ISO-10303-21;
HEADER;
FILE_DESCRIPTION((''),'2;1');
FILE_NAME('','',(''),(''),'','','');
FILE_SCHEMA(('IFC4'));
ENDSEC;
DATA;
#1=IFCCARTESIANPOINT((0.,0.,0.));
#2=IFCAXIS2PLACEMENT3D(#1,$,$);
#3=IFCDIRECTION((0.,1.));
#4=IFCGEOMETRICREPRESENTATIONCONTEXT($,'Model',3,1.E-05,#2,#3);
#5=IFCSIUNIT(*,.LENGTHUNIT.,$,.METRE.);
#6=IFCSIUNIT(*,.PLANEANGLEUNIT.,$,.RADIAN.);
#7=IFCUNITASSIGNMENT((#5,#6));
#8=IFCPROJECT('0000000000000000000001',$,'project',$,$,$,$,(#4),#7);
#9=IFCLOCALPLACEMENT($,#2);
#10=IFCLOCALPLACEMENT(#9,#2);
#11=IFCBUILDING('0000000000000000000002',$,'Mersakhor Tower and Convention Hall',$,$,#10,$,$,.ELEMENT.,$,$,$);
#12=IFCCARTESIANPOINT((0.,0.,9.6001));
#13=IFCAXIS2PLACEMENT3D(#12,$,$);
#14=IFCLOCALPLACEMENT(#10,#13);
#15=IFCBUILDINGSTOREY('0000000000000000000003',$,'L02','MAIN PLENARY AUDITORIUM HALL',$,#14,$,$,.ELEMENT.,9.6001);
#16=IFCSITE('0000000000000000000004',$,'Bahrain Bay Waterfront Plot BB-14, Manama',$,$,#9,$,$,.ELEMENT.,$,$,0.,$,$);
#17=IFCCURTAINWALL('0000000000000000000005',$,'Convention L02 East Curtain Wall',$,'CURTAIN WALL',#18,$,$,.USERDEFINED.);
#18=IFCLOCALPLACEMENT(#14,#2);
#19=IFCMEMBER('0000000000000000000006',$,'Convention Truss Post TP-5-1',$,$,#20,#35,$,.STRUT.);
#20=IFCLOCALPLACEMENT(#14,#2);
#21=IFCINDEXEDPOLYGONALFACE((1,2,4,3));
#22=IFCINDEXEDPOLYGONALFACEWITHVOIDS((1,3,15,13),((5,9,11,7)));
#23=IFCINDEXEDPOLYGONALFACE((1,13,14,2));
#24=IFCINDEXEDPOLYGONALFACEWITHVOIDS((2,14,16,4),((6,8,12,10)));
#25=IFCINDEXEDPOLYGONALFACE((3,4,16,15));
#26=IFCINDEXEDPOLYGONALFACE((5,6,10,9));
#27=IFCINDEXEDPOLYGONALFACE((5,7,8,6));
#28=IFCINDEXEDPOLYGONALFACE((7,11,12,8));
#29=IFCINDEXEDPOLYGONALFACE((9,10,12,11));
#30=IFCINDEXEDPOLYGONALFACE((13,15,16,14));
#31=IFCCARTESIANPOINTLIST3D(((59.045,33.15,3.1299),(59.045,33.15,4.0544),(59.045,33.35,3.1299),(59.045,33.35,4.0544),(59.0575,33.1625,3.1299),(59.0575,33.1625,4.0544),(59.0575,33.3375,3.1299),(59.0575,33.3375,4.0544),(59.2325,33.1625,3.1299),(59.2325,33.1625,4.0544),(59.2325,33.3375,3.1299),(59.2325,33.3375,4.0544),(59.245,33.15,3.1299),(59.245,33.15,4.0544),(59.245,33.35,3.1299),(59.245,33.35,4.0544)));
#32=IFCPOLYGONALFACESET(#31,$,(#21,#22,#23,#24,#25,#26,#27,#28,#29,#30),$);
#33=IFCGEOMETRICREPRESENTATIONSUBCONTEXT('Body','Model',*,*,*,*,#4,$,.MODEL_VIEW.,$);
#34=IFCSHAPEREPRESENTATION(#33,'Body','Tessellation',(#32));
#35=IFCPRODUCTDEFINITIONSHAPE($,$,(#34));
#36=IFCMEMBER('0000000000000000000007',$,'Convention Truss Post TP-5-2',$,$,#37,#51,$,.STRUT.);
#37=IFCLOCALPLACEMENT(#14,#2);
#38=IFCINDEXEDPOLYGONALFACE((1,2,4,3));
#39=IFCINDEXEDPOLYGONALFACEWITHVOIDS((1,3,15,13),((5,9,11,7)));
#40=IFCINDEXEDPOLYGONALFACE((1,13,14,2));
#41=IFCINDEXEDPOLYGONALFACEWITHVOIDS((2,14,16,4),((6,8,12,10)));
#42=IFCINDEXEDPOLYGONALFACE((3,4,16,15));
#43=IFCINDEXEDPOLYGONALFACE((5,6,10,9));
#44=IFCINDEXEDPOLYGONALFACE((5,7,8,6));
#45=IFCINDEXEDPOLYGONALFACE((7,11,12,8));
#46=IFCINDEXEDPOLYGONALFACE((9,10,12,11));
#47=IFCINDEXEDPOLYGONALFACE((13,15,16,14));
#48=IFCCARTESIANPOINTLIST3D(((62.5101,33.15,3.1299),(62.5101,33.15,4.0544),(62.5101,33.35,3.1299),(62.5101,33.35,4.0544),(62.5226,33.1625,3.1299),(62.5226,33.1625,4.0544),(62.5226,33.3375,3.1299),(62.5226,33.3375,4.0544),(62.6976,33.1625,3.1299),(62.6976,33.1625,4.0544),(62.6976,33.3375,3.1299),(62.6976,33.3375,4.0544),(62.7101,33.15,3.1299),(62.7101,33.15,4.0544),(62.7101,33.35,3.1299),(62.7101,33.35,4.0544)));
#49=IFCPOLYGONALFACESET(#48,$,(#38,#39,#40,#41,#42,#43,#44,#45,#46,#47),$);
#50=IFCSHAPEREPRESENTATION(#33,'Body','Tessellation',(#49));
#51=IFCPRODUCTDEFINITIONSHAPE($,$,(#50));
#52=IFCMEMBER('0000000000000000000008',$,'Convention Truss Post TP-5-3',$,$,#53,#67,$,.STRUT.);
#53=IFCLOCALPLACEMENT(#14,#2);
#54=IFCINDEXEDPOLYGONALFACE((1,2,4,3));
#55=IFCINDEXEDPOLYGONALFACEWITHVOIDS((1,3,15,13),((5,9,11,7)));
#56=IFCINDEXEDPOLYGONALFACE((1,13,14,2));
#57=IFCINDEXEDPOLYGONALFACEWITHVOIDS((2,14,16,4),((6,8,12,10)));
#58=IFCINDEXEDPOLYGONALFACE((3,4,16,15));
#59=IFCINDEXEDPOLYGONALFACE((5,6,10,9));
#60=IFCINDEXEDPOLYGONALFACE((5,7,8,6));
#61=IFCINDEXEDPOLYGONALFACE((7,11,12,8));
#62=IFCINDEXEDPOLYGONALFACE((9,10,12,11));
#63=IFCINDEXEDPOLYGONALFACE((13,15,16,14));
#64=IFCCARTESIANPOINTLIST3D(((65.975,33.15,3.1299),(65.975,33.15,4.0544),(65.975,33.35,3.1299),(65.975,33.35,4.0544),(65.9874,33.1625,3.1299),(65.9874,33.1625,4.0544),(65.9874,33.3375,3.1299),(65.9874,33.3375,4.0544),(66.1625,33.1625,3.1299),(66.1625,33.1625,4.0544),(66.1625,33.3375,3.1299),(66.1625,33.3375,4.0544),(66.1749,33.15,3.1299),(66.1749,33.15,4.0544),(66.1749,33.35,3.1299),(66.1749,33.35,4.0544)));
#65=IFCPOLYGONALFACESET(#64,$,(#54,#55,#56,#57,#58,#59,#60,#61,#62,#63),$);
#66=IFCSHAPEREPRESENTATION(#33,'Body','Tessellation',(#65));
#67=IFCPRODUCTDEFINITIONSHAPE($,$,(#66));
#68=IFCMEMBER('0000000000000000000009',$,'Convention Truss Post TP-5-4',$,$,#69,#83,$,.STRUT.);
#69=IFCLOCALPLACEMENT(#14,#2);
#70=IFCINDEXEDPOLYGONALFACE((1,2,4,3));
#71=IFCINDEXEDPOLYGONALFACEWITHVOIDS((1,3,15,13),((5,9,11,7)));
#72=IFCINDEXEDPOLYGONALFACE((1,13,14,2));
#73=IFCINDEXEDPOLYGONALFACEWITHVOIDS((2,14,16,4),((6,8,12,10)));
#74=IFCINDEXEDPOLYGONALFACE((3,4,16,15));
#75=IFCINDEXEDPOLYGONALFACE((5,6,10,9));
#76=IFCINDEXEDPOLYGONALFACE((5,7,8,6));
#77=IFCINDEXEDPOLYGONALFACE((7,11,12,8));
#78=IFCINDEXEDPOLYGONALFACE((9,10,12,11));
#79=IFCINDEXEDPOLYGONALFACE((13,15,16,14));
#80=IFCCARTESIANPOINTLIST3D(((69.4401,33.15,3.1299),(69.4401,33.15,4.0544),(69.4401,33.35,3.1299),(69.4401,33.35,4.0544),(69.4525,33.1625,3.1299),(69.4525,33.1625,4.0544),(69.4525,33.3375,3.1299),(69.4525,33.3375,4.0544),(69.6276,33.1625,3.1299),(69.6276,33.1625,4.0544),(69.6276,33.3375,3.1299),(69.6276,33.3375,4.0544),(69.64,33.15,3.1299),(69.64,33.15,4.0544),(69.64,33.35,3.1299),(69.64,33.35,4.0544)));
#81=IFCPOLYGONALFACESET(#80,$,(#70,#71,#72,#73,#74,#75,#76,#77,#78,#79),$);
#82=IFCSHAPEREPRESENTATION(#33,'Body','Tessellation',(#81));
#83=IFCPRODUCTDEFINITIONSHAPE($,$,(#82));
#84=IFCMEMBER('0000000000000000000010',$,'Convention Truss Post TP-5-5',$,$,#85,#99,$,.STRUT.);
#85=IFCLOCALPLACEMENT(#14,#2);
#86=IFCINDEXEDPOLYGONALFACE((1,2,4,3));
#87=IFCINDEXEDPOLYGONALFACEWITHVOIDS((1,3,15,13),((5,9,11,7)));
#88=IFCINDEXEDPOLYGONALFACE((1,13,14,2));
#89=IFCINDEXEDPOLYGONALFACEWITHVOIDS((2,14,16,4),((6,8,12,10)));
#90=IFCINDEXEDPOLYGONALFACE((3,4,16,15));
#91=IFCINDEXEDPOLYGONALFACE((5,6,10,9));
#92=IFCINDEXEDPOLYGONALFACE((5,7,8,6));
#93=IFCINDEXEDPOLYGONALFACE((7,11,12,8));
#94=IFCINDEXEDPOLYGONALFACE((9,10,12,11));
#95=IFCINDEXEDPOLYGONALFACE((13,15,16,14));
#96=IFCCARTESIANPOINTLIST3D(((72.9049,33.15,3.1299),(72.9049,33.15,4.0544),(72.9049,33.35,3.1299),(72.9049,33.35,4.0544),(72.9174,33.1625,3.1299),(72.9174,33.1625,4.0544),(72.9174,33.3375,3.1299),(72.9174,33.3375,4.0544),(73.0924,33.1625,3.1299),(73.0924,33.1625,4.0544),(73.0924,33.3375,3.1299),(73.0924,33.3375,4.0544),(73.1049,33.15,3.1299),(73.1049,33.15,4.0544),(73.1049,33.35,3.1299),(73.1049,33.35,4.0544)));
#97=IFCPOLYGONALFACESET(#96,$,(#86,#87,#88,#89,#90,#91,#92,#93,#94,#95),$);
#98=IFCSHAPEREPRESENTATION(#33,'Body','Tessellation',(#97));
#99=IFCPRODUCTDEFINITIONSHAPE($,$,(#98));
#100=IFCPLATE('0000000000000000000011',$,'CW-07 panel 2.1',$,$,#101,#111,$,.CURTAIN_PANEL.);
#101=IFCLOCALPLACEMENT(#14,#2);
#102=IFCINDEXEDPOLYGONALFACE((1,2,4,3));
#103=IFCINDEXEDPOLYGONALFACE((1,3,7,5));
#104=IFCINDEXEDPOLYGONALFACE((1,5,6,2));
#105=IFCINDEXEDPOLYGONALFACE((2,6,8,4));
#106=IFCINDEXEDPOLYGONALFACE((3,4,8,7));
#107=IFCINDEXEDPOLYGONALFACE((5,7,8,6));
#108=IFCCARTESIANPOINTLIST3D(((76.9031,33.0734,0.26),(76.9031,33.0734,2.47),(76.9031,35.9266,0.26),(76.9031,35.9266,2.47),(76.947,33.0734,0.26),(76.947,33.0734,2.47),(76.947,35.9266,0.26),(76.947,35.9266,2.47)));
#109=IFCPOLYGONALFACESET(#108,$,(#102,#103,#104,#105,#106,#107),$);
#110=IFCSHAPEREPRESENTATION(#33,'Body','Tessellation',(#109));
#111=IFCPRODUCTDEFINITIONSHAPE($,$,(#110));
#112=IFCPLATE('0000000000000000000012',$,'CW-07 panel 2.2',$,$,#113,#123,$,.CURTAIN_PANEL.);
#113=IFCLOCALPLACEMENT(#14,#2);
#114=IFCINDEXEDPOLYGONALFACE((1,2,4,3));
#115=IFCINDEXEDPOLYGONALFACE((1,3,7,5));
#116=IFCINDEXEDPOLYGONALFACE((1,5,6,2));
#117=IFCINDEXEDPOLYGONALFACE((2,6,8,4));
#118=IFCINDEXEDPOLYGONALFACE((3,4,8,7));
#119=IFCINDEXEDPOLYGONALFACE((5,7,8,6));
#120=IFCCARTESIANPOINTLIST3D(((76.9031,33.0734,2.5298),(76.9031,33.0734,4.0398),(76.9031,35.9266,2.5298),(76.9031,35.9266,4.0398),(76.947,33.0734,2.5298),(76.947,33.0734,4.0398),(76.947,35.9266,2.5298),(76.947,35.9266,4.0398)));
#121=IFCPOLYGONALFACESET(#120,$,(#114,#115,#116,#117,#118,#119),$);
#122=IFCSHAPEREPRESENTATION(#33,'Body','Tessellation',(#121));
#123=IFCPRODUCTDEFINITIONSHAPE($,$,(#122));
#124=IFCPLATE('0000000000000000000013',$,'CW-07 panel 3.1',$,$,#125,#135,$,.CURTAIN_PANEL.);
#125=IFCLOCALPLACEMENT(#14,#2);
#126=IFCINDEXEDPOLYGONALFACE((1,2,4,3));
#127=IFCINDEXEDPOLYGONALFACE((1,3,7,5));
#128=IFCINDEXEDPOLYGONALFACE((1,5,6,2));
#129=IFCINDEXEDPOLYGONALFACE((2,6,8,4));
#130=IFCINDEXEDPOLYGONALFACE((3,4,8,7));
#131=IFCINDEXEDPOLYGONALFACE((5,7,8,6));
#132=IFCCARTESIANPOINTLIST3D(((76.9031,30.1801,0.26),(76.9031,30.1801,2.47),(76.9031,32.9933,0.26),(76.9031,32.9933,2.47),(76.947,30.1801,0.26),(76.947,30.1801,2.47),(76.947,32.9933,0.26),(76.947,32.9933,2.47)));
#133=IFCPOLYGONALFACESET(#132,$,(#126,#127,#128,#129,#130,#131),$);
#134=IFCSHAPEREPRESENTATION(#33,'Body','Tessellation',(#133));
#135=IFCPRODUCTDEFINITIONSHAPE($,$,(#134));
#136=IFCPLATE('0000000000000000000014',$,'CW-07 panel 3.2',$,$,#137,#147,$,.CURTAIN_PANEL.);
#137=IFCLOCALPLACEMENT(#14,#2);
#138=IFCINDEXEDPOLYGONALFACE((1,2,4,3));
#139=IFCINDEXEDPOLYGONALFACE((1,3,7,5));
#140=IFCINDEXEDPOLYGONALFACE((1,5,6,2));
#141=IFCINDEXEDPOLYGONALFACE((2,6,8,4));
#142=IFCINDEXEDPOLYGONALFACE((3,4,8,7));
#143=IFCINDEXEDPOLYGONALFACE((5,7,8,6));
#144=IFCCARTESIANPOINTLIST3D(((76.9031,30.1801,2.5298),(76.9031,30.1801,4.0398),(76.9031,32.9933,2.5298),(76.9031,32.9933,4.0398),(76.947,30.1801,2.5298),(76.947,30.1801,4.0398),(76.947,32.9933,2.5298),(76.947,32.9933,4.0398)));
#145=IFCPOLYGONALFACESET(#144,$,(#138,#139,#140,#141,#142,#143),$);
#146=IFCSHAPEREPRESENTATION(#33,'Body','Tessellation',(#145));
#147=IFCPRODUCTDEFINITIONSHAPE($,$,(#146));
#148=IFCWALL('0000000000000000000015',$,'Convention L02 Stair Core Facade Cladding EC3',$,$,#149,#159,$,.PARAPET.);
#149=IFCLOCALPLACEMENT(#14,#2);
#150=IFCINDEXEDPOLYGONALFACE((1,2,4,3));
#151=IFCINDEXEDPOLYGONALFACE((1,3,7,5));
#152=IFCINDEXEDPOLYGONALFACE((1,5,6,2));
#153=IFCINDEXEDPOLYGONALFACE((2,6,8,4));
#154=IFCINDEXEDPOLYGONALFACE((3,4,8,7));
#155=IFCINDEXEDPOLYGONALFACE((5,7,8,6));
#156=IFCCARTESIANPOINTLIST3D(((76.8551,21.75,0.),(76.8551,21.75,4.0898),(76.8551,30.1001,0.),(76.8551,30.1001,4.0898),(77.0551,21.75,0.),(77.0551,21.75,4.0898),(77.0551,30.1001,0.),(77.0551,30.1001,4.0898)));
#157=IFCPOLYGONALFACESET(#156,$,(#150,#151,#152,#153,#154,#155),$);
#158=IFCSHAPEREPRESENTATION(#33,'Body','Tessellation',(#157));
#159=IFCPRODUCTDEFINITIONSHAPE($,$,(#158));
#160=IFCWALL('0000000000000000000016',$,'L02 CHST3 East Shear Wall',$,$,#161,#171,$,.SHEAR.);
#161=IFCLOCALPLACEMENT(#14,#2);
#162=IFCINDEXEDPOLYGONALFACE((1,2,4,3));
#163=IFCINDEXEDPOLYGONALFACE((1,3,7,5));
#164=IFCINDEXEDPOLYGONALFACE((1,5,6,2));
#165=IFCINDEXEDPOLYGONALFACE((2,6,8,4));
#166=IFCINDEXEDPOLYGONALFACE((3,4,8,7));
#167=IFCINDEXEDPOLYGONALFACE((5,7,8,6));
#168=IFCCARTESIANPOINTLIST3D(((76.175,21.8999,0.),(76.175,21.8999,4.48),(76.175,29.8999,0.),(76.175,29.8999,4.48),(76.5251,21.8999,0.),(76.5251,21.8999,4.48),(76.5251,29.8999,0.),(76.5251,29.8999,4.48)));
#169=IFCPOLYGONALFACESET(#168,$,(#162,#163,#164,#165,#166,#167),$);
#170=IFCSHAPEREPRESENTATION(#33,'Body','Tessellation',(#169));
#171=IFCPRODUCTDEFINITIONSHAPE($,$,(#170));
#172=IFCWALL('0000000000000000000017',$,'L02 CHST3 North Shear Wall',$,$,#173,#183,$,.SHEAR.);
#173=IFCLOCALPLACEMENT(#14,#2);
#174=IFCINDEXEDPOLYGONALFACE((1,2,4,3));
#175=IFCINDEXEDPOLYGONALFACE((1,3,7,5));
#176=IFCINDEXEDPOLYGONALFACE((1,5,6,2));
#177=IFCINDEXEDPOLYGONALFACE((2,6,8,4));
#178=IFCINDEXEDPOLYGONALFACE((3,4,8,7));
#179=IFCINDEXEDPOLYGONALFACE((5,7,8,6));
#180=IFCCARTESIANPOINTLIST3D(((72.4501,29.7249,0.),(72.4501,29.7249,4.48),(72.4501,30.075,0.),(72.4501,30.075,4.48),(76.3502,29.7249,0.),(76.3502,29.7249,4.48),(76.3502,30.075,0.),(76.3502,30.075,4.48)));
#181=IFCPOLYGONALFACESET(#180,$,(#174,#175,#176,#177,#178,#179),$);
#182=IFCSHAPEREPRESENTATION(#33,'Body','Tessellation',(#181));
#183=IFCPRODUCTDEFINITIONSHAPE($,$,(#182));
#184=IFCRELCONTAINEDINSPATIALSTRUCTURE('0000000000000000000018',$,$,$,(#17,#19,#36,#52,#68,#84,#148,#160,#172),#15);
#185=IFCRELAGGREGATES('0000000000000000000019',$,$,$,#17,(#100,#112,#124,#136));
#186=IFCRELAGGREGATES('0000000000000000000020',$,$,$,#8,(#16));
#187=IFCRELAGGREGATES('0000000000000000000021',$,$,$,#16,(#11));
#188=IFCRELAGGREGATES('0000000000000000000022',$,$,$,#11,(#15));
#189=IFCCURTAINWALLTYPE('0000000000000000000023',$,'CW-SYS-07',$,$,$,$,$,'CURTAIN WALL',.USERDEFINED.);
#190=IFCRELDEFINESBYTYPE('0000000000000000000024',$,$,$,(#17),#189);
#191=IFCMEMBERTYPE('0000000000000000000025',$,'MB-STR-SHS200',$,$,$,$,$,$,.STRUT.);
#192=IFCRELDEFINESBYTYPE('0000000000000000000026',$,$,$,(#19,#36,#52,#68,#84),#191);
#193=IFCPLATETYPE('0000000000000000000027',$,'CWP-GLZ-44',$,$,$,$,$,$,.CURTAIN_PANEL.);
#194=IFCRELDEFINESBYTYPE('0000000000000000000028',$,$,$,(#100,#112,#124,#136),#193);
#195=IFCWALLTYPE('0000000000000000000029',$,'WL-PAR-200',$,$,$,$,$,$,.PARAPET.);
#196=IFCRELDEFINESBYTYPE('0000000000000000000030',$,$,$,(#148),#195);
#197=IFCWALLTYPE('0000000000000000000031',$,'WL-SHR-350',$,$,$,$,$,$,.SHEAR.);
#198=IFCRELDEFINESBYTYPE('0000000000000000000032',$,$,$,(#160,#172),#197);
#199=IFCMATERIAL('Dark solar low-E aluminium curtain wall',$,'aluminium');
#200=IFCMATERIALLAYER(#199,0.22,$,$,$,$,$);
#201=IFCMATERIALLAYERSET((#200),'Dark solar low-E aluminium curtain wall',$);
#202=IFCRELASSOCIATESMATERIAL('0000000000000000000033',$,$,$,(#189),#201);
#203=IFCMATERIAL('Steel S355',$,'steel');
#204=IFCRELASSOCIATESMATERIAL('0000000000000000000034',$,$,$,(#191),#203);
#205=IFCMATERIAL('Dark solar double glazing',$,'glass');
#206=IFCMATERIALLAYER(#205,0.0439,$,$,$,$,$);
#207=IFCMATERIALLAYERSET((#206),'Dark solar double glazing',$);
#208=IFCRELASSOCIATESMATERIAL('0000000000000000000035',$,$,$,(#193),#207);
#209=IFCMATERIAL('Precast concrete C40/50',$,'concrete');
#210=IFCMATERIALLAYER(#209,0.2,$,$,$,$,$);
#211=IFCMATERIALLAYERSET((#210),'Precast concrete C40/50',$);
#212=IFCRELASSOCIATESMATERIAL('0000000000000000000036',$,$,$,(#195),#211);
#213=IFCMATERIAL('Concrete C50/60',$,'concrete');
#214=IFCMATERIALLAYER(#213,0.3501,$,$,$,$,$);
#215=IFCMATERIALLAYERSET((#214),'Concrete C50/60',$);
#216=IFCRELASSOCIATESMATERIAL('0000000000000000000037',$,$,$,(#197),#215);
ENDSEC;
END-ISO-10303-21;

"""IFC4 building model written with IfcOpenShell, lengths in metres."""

from ifc_helpers import new_model, si_unit, direction, frame, frame_2d, origin, origin_2d, place, context, subcontext, project, spatial, rectangle, hollow_rectangle, extrude, material, layer, layer_set, material_profile, profile_set, type_object, element, aggregate, save


model = new_model("IFC4")

# Units and contexts
model_context = context("Model", 3, precision=1e-05, world=origin(), true_north=direction((0.0, 1.0)))
body_context = subcontext(model_context, "Body", "Model", "MODEL_VIEW")
ifc_project = project(units=[si_unit("LENGTHUNIT", "METRE"), si_unit("PLANEANGLEUNIT", "RADIAN")], contexts=[model_context])

# Site, building, storey
site_placement = place(None, origin())
site = spatial("IfcSite", under=ifc_project, at=site_placement, Name="Bahrain Bay Waterfront Plot BB-14, Manama", CompositionType="ELEMENT", RefElevation=0.0)
building_placement = place(site_placement, origin())
building = spatial("IfcBuilding", under=site, at=building_placement, Name="Mersakhor Tower and Convention Hall", CompositionType="ELEMENT")
storey_placement = place(building_placement, frame((0.0, 0.0, 9.6001)))
storey = spatial("IfcBuildingStorey", under=building, at=storey_placement, Name="L02", Description="MAIN PLENARY AUDITORIUM HALL", CompositionType="ELEMENT", Elevation=9.6001)

# Curtain wall
ifc_material_1 = material(Name="Dark solar low-E aluminium curtain wall", Category="aluminium")
ifc_layer_1 = layer(ifc_material_1, 0.22)
ifc_layer_set_1 = layer_set([ifc_layer_1], Name="Dark solar low-E aluminium curtain wall")
curtain_wall_type = type_object("IfcCurtainWallType", Name="CW-SYS-07", ElementType="CURTAIN WALL", PredefinedType="USERDEFINED", material=ifc_layer_set_1)
curtain_wall_placement = place(storey_placement, origin())
curtain_wall = element("IfcCurtainWall", 1, at=curtain_wall_placement, inside=storey, type_object=curtain_wall_type, Name="Convention L02 East Curtain Wall", ObjectType="CURTAIN WALL", PredefinedType="USERDEFINED")

# Members
ifc_material_2 = material(Name="Steel S355", Category="steel")
ifc_material_profile_1 = material_profile(ifc_material_2, hollow_rectangle(XDim=0.2, YDim=0.2, WallThickness=0.0125, at=origin_2d()), Name="SHS 200x200x12.5")
ifc_profile_set_1 = profile_set([ifc_material_profile_1], Name="Steel S355")
member_type_1 = type_object("IfcMemberType", Name="MB-STR-SHS200", PredefinedType="STRUT", material=ifc_profile_set_1)
for number, where, z_axis, x_axis, name in (
    (2, (59.145, 33.25, 3.1299), (0.0, 0.0, 1.0), (1.0, 0.0, 0.0), "Convention Truss Post TP-5-1"),
    (3, (62.6101, 33.25, 3.1299), (0.0, 0.0, 1.0), (1.0, 0.0, 0.0), "Convention Truss Post TP-5-2"),
    (4, (66.075, 33.25, 3.1299), (0.0, 0.0, 1.0), (1.0, 0.0, 0.0), "Convention Truss Post TP-5-3"),
    (5, (69.54, 33.25, 3.1299), (0.0, 0.0, 1.0), (1.0, 0.0, 0.0), "Convention Truss Post TP-5-4"),
    (6, (73.0049, 33.25, 3.1299), (0.0, 0.0, 1.0), (1.0, 0.0, 0.0), "Convention Truss Post TP-5-5"),
):
    element("IfcMember", number, at=place(storey_placement, frame(where, z_axis=z_axis, x_axis=x_axis)), inside=storey, type_object=member_type_1, Name=name, PredefinedType="STRUT", context=body_context, shape_type="SweptSolid", body=[
        extrude(hollow_rectangle(XDim=0.2, YDim=0.2, WallThickness=0.0125, at=origin_2d()), origin(), (0.0, 0.0, 1.0), 0.9246),
    ])

# Plates
ifc_material_3 = material(Name="Dark solar double glazing", Category="glass")
ifc_layer_2 = layer(ifc_material_3, 0.0439)
ifc_layer_set_2 = layer_set([ifc_layer_2], Name="Dark solar double glazing")
plate_type = type_object("IfcPlateType", Name="CWP-GLZ-44", PredefinedType="CURTAIN_PANEL", material=ifc_layer_set_2)
plate_1_placement = place(storey_placement, frame((76.925, 34.5, 0.26), z_axis=(0.0, 0.0, 1.0), x_axis=(0.0, -1.0, 0.0)))
plate_1 = element("IfcPlate", 7, at=plate_1_placement, type_object=plate_type, Name="CW-07 panel 2.1", PredefinedType="CURTAIN_PANEL", context=body_context, shape_type="SweptSolid", body=[
    extrude(rectangle(XDim=2.8533, YDim=0.0439, at=origin_2d()), origin(), (0.0, 0.0, 1.0), 2.21),
])
plate_2_placement = place(storey_placement, frame((76.925, 34.5, 2.5298), z_axis=(0.0, 0.0, 1.0), x_axis=(0.0, -1.0, 0.0)))
plate_2 = element("IfcPlate", 8, at=plate_2_placement, type_object=plate_type, Name="CW-07 panel 2.2", PredefinedType="CURTAIN_PANEL", context=body_context, shape_type="SweptSolid", body=[
    extrude(rectangle(XDim=2.8533, YDim=0.0439, at=origin_2d()), origin(), (0.0, 0.0, 1.0), 1.51),
])
plate_3_placement = place(storey_placement, frame((76.925, 31.5867, 0.26), z_axis=(0.0, 0.0, 1.0), x_axis=(0.0, -1.0, 0.0)))
plate_3 = element("IfcPlate", 9, at=plate_3_placement, type_object=plate_type, Name="CW-07 panel 3.1", PredefinedType="CURTAIN_PANEL", context=body_context, shape_type="SweptSolid", body=[
    extrude(rectangle(XDim=2.8132, YDim=0.0439, at=origin_2d()), origin(), (0.0, 0.0, 1.0), 2.21),
])
plate_4_placement = place(storey_placement, frame((76.925, 31.5867, 2.5298), z_axis=(0.0, 0.0, 1.0), x_axis=(0.0, -1.0, 0.0)))
plate_4 = element("IfcPlate", 10, at=plate_4_placement, type_object=plate_type, Name="CW-07 panel 3.2", PredefinedType="CURTAIN_PANEL", context=body_context, shape_type="SweptSolid", body=[
    extrude(rectangle(XDim=2.8132, YDim=0.0439, at=origin_2d()), origin(), (0.0, 0.0, 1.0), 1.51),
])
aggregate(curtain_wall, [plate_1, plate_2, plate_3, plate_4])

# Walls
ifc_material_4 = material(Name="Precast concrete C40/50", Category="concrete")
ifc_layer_3 = layer(ifc_material_4, 0.2)
ifc_layer_set_3 = layer_set([ifc_layer_3], Name="Precast concrete C40/50")
wall_type_1 = type_object("IfcWallType", Name="WL-PAR-200", PredefinedType="PARAPET", material=ifc_layer_set_3)
wall_1_placement = place(storey_placement, frame((76.9551, 30.1001, 0.0), z_axis=(0.0, 0.0, 1.0), x_axis=(0.0, -1.0, 0.0)))
element("IfcWall", 11, at=wall_1_placement, inside=storey, type_object=wall_type_1, Name="Convention L02 Stair Core Facade Cladding EC3", PredefinedType="PARAPET", context=body_context, shape_type="SweptSolid", body=[
    extrude(rectangle(XDim=8.3501, YDim=0.2, at=frame_2d((4.175, 0.0))), origin(), (0.0, 0.0, 1.0), 4.0898),
])
ifc_material_5 = material(Name="Concrete C50/60", Category="concrete")
ifc_layer_4 = layer(ifc_material_5, 0.3501)
ifc_layer_set_4 = layer_set([ifc_layer_4], Name="Concrete C50/60")
wall_type_2 = type_object("IfcWallType", Name="WL-SHR-350", PredefinedType="SHEAR", material=ifc_layer_set_4)
wall_2_placement = place(storey_placement, frame((76.3501, 29.8999, 0.0), z_axis=(0.0, 0.0, 1.0), x_axis=(0.0, -1.0, 0.0)))
element("IfcWall", 12, at=wall_2_placement, inside=storey, type_object=wall_type_2, Name="L02 CHST3 East Shear Wall", PredefinedType="SHEAR", context=body_context, shape_type="SweptSolid", body=[
    extrude(rectangle(XDim=8.0, YDim=0.3501, at=frame_2d((4.0, 0.0))), origin(), (0.0, 0.0, 1.0), 4.48),
])
wall_3_placement = place(storey_placement, frame((72.45, 29.8999, 0.0), z_axis=(0.0, 0.0, 1.0), x_axis=(1.0, 0.0, 0.0)))
element("IfcWall", 13, at=wall_3_placement, inside=storey, type_object=wall_type_2, Name="L02 CHST3 North Shear Wall", PredefinedType="SHEAR", context=body_context, shape_type="SweptSolid", body=[
    extrude(rectangle(XDim=3.9001, YDim=0.3501, at=frame_2d((1.9502, 0.0))), origin(), (0.0, 0.0, 1.0), 4.48),
])

save(model, "model.ifc")
